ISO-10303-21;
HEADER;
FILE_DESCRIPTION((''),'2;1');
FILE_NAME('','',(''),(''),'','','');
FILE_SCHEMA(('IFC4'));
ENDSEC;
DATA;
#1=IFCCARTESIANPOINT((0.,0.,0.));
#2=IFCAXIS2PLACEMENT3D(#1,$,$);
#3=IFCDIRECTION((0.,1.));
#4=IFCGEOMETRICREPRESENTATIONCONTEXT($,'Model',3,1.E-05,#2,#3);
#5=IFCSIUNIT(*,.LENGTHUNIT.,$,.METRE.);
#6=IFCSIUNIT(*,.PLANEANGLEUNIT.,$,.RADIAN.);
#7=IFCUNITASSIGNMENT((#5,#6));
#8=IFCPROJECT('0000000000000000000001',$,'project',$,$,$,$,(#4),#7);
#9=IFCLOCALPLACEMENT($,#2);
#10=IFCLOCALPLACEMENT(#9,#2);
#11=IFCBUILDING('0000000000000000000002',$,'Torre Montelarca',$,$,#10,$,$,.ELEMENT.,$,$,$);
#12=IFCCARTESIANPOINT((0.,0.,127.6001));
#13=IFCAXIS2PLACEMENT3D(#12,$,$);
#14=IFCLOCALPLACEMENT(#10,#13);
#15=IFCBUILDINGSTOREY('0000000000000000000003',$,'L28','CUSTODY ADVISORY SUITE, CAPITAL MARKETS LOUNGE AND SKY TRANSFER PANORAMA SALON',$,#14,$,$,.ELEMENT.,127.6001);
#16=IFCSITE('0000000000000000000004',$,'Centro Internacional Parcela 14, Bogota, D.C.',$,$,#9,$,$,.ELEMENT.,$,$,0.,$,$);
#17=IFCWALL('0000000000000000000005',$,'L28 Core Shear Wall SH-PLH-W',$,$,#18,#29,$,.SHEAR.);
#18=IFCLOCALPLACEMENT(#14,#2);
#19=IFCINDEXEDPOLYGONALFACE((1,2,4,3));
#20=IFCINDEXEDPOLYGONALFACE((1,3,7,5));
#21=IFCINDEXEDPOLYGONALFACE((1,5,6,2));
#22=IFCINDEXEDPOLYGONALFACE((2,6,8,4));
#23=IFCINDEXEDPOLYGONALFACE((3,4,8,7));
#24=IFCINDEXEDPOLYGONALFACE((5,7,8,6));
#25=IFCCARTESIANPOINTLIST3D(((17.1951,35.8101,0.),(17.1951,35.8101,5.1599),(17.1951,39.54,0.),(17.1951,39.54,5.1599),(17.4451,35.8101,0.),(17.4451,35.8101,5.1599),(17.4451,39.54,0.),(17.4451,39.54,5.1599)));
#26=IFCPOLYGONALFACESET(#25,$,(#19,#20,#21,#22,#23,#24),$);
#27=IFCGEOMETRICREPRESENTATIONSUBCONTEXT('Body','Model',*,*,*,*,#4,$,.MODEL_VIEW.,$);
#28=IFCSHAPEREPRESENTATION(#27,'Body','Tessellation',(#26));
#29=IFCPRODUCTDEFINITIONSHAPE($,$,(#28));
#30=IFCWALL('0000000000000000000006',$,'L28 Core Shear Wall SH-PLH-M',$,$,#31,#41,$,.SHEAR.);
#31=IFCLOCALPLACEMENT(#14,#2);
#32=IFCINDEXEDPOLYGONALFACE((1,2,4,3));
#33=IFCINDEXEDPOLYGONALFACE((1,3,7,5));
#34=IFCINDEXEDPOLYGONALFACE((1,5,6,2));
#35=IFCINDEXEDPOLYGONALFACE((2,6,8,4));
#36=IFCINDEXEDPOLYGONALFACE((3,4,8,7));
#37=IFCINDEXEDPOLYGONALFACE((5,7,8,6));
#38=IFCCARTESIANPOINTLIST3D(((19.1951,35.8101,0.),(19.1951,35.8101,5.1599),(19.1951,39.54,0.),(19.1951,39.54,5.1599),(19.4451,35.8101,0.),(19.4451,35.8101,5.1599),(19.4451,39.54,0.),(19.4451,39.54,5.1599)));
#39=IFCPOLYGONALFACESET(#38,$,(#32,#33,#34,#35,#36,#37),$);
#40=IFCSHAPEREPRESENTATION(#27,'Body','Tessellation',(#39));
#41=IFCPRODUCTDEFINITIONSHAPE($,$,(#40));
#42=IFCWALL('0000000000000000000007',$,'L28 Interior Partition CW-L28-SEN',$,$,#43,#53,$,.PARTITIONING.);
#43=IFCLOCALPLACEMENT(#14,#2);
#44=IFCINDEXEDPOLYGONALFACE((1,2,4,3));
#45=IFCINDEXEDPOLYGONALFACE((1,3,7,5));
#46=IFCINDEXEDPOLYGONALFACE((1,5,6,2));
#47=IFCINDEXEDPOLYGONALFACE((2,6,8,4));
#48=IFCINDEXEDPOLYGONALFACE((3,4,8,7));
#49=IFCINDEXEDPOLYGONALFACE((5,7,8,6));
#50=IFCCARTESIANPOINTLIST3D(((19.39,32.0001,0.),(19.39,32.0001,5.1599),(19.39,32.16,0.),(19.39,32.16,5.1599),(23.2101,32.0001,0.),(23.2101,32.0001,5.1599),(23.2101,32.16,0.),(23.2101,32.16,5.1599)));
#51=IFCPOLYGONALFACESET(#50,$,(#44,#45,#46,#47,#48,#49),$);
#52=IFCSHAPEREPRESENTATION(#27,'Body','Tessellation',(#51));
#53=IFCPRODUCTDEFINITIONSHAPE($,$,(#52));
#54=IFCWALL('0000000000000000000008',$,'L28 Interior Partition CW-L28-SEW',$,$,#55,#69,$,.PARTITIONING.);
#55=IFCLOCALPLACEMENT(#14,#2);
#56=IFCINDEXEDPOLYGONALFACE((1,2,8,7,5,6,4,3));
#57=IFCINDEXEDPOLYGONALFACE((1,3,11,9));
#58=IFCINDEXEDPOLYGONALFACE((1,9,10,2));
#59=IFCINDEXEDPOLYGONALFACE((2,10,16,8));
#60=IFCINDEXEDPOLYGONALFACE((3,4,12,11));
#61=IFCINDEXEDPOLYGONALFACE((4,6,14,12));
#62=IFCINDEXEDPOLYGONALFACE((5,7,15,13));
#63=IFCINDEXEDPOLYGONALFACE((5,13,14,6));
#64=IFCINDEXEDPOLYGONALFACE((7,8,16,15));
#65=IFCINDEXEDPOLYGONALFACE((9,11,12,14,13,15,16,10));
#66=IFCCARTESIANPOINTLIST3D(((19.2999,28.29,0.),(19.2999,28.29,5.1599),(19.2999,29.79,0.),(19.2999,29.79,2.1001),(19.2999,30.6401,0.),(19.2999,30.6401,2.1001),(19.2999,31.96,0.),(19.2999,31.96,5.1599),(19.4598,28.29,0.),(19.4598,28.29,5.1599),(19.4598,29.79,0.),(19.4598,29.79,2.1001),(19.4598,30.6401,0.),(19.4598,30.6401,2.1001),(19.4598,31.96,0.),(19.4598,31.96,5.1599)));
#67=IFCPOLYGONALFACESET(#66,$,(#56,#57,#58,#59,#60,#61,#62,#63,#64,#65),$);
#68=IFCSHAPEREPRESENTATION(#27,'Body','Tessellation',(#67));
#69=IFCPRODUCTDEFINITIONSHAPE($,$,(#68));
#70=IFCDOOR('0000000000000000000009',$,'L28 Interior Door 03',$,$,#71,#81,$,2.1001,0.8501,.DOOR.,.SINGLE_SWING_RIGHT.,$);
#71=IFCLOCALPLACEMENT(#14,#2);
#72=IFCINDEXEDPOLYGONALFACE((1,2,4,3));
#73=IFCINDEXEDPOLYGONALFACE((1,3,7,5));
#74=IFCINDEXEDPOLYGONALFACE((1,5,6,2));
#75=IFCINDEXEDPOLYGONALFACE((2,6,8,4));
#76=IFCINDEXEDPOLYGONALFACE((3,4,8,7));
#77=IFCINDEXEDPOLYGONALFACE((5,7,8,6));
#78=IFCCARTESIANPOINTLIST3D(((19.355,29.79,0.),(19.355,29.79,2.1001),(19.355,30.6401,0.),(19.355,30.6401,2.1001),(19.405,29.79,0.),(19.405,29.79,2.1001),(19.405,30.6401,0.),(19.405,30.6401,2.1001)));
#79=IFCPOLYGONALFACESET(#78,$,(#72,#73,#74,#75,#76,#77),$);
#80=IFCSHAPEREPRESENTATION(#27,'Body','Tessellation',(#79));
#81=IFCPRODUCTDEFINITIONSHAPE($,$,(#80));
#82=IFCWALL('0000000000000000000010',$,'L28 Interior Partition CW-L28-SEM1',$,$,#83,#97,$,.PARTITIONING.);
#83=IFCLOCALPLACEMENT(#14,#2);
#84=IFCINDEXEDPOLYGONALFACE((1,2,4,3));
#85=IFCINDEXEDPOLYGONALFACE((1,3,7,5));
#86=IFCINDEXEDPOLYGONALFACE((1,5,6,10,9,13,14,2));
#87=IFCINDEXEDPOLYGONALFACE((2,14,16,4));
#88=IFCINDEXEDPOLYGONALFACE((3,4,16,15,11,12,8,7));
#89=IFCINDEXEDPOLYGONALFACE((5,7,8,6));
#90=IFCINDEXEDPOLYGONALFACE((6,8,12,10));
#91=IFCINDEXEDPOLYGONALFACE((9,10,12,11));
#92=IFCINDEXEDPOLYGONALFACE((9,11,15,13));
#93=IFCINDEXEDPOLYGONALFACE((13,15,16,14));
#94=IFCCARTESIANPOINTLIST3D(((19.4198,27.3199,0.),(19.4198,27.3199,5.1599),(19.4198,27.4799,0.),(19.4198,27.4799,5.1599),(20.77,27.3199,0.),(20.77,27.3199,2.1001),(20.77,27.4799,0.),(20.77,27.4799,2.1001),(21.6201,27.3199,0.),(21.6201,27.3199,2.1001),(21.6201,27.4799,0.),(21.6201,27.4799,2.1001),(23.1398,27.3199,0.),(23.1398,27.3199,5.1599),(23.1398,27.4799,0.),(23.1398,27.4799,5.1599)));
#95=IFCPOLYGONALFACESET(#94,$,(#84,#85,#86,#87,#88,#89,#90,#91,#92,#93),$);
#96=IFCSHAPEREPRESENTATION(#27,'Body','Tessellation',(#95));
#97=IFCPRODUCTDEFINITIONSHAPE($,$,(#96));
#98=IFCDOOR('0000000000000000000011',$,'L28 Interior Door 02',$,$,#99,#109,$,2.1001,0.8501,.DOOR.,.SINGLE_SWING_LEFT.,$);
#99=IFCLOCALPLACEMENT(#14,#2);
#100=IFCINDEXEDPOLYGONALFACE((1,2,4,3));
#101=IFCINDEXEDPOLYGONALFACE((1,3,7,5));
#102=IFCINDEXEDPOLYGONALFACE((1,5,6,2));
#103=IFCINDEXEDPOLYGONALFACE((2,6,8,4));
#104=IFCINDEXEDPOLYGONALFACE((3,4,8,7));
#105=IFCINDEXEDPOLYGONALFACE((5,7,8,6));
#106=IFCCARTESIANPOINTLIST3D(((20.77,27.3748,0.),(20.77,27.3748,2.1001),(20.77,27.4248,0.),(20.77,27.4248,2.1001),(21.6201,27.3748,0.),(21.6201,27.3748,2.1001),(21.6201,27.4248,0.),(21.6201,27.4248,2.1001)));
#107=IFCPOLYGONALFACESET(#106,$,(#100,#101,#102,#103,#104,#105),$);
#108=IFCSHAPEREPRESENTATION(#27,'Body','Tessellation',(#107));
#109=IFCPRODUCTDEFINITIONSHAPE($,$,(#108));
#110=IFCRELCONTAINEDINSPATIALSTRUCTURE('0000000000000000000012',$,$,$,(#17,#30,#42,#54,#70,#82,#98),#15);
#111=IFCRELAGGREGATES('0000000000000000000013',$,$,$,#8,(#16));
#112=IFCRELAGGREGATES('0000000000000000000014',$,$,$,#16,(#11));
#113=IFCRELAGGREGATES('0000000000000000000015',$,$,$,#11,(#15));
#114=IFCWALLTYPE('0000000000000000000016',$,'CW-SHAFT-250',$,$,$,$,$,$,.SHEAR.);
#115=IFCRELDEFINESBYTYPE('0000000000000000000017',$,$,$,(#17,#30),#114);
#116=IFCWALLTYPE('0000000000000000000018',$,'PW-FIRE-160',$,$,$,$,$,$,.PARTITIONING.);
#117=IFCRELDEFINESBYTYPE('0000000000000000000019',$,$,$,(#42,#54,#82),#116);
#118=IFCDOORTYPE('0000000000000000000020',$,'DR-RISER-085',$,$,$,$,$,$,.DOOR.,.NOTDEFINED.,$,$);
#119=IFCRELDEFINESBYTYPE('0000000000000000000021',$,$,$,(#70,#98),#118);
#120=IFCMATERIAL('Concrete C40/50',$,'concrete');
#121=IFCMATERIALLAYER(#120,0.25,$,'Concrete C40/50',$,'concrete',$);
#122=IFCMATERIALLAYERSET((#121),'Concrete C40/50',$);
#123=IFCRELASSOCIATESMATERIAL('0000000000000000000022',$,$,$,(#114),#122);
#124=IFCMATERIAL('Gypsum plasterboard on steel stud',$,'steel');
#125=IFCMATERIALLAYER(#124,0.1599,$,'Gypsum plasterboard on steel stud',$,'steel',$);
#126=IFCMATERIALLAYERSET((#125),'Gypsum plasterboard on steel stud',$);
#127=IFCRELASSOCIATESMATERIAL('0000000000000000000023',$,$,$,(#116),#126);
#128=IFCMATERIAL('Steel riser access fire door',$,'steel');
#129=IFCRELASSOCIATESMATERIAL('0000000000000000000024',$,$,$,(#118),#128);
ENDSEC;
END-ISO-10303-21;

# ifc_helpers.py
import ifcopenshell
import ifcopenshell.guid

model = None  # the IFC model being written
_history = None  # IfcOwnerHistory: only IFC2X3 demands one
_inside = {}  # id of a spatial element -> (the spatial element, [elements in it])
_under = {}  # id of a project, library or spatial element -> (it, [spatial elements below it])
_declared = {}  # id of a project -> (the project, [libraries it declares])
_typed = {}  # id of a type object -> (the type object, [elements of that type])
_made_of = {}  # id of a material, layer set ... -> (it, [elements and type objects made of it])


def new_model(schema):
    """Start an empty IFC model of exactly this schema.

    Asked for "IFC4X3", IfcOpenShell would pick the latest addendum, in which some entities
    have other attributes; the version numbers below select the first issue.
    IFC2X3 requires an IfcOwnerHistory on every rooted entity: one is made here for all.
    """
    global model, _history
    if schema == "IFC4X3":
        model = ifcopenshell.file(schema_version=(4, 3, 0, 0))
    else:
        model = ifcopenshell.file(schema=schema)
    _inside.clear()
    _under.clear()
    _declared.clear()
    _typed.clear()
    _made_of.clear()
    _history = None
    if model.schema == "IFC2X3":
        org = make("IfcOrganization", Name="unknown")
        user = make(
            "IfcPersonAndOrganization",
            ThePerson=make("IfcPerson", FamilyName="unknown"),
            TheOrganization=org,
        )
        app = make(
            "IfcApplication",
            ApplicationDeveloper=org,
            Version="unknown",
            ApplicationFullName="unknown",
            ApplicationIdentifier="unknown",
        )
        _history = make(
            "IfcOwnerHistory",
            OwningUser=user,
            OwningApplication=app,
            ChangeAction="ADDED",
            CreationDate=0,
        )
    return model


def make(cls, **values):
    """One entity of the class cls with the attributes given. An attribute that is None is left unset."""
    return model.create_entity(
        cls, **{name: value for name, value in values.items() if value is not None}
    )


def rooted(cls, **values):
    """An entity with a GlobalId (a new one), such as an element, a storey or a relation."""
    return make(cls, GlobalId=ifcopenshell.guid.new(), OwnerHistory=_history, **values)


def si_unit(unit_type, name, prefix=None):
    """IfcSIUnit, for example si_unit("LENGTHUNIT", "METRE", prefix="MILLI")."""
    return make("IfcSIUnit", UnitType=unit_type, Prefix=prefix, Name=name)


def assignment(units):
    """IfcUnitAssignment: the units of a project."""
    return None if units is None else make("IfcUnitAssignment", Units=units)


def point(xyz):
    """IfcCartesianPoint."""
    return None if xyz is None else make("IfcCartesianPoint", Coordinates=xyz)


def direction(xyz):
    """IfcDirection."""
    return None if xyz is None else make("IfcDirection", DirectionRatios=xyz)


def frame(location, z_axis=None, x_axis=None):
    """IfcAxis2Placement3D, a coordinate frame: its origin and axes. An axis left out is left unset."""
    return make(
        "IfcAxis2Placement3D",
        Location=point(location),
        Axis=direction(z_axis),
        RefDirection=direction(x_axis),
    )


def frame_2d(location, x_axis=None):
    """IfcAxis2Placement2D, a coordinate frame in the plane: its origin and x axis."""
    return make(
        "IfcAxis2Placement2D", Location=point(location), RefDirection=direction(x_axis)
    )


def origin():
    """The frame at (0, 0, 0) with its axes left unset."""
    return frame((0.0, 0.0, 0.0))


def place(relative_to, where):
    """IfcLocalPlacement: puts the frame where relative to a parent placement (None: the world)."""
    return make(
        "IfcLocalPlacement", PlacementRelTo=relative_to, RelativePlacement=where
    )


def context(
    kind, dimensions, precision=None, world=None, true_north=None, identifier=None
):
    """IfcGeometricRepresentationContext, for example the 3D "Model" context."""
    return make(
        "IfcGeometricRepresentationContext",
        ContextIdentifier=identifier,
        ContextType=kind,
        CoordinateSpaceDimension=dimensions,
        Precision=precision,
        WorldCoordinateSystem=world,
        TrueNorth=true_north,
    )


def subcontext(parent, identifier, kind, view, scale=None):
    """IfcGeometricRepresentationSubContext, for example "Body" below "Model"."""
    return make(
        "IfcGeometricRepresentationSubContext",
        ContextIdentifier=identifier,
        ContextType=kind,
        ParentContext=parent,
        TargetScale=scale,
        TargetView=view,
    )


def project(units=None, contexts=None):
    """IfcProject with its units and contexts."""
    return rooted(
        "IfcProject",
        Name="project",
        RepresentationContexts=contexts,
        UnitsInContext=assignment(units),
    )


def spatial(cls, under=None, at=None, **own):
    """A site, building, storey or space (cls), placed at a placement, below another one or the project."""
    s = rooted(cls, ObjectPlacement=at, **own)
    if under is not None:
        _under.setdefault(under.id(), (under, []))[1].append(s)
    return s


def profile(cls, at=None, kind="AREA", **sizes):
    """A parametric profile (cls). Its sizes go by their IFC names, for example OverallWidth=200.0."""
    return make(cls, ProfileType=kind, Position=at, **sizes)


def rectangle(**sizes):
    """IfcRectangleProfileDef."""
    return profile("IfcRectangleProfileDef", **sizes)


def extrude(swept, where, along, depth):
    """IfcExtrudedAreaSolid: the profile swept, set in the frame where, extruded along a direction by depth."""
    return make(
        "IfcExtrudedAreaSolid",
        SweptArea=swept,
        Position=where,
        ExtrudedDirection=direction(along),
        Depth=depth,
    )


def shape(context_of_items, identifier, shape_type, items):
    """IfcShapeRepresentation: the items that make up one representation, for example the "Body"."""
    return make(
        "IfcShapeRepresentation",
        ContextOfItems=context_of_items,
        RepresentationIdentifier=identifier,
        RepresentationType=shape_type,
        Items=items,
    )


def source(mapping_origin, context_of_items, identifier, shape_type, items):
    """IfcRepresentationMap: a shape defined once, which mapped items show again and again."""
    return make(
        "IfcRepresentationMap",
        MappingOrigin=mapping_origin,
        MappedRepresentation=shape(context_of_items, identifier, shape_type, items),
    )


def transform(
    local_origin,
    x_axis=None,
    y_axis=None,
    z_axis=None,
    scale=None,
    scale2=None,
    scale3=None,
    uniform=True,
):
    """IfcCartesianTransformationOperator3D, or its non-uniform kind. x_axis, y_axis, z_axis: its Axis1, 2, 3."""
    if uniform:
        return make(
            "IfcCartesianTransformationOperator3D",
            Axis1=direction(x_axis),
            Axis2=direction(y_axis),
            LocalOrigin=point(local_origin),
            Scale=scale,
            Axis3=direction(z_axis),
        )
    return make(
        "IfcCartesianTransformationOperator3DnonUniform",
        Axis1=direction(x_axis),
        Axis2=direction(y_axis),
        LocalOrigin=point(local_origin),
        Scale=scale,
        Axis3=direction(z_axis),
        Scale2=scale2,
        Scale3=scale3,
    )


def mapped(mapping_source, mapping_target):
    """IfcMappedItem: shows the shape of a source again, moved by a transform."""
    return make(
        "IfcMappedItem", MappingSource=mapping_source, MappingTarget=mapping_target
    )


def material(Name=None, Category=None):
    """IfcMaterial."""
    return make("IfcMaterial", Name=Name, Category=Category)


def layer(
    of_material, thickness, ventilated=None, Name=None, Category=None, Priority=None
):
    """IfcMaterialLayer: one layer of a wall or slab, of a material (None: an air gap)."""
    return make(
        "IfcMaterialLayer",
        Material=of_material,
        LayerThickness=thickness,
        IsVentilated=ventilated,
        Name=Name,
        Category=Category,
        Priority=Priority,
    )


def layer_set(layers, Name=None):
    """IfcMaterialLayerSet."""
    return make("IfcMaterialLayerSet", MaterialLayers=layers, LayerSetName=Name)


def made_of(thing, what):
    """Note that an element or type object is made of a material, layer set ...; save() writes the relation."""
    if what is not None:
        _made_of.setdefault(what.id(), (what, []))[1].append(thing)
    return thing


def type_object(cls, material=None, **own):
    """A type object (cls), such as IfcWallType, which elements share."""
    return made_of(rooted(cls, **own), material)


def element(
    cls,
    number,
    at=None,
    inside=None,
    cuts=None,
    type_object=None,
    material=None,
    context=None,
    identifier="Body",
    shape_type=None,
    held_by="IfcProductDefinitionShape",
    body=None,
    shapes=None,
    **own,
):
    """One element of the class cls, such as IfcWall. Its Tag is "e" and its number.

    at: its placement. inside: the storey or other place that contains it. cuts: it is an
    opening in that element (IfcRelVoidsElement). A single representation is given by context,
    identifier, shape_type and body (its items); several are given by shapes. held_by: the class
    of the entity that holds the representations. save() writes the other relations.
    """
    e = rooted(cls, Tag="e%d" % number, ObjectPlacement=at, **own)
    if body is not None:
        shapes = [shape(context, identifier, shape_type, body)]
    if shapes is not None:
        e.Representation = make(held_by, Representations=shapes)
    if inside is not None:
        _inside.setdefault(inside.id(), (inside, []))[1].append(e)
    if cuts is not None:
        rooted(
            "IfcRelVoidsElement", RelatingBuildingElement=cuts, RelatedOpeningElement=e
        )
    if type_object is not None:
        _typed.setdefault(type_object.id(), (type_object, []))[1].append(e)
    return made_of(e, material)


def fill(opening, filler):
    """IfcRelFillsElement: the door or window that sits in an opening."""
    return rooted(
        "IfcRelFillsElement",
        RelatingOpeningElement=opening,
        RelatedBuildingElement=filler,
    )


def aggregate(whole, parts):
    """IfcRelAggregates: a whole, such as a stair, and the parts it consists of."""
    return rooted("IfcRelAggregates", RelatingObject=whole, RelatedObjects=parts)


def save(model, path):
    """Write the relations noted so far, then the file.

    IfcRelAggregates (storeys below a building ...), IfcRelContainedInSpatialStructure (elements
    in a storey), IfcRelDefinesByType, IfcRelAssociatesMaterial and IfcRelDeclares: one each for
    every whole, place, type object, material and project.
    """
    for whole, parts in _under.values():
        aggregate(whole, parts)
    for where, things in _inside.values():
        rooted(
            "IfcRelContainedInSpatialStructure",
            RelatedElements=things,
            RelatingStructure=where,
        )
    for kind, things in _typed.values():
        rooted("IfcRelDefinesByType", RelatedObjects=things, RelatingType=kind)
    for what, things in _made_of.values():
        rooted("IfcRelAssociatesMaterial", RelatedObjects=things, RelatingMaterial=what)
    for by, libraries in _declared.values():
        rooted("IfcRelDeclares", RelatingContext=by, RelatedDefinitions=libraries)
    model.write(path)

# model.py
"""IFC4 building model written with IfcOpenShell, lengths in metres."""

from ifc_helpers import new_model, si_unit, direction, frame, frame_2d, origin, place, context, subcontext, project, spatial, rectangle, extrude, source, transform, mapped, material, layer, layer_set, type_object, element, fill, save


model = new_model("IFC4")

# Units and contexts
model_context = context("Model", 3, precision=1e-05, world=origin(), true_north=direction((0.0, 1.0)))
body_context = subcontext(model_context, "Body", "Model", "MODEL_VIEW")
ifc_project = project(units=[si_unit("LENGTHUNIT", "METRE"), si_unit("PLANEANGLEUNIT", "RADIAN")], contexts=[model_context])

# Site, building, storey
site_placement = place(None, origin())
site = spatial("IfcSite", under=ifc_project, at=site_placement, Name="Centro Internacional Parcela 14, Bogota, D.C.", CompositionType="ELEMENT", RefElevation=0.0)
building_placement = place(site_placement, origin())
building = spatial("IfcBuilding", under=site, at=building_placement, Name="Torre Montelarca", CompositionType="ELEMENT")
storey_placement = place(building_placement, frame((0.0, 0.0, 127.6001)))
storey = spatial("IfcBuildingStorey", under=building, at=storey_placement, Name="L28", Description="CUSTODY ADVISORY SUITE, CAPITAL MARKETS LOUNGE AND SKY TRANSFER PANORAMA SALON", CompositionType="ELEMENT", Elevation=127.6001)

# Shared definitions
ifc_material_1 = material(Name="Concrete C40/50", Category="concrete")
ifc_layer_1 = layer(ifc_material_1, 0.25, Name="Concrete C40/50", Category="concrete")
ifc_layer_set_1 = layer_set([ifc_layer_1], Name="Concrete C40/50")
wall_type_1 = type_object("IfcWallType", Name="CW-SHAFT-250", PredefinedType="SHEAR", material=ifc_layer_set_1)

# Walls
for number, where, z_axis, x_axis, name in (
    (1, (17.3201, 35.8101, 0.0), (0.0, 0.0, 1.0), (0.0, 1.0, 0.0), "L28 Core Shear Wall SH-PLH-W"),
    (2, (19.3201, 35.8101, 0.0), (0.0, 0.0, 1.0), (0.0, 1.0, 0.0), "L28 Core Shear Wall SH-PLH-M"),
):
    element("IfcWall", number, at=place(storey_placement, frame(where, z_axis=z_axis, x_axis=x_axis)), inside=storey, type_object=wall_type_1, Name=name, PredefinedType="SHEAR", context=body_context, shape_type="SweptSolid", body=[
        extrude(rectangle(XDim=3.73, YDim=0.25, at=frame_2d((1.865, 0.0))), origin(), (0.0, 0.0, 1.0), 5.1599),
    ])
ifc_material_2 = material(Name="Gypsum plasterboard on steel stud", Category="steel")
ifc_layer_2 = layer(ifc_material_2, 0.1599, Name="Gypsum plasterboard on steel stud", Category="steel")
ifc_layer_set_2 = layer_set([ifc_layer_2], Name="Gypsum plasterboard on steel stud")
wall_type_2 = type_object("IfcWallType", Name="PW-FIRE-160", PredefinedType="PARTITIONING", material=ifc_layer_set_2)
wall_1_placement = place(storey_placement, frame((19.3899, 32.0801, 0.0), z_axis=(0.0, 0.0, 1.0), x_axis=(1.0, 0.0, 0.0)))
element("IfcWall", 3, at=wall_1_placement, inside=storey, type_object=wall_type_2, Name="L28 Interior Partition CW-L28-SEN", PredefinedType="PARTITIONING", context=body_context, shape_type="SweptSolid", body=[
    extrude(rectangle(XDim=3.8201, YDim=0.1599, at=frame_2d((1.9102, 0.0))), origin(), (0.0, 0.0, 1.0), 5.1599),
])

# Walls, openings, doors
wall_2_placement = place(storey_placement, frame((19.3799, 28.29, 0.0), z_axis=(0.0, 0.0, 1.0), x_axis=(0.0, 1.0, 0.0)))
wall_2 = element("IfcWall", 4, at=wall_2_placement, inside=storey, type_object=wall_type_2, Name="L28 Interior Partition CW-L28-SEW", PredefinedType="PARTITIONING", context=body_context, shape_type="SweptSolid", body=[
    extrude(rectangle(XDim=3.6699, YDim=0.1599, at=frame_2d((1.835, 0.0))), origin(), (0.0, 0.0, 1.0), 5.1599),
])
opening_1_placement = place(wall_2_placement, frame((1.5, 0.0, 0.0)))
opening_1 = element("IfcOpeningElement", 5, at=opening_1_placement, cuts=wall_2, PredefinedType="OPENING", context=body_context, shape_type="SweptSolid", body=[
    extrude(rectangle(XDim=0.8501, YDim=2.1001, at=frame_2d((0.425, 1.05))), frame((0.0, 0.0898, 0.0), z_axis=(0.0, -1.0, 0.0), x_axis=(1.0, 0.0, 0.0)), (0.0, 0.0, 1.0), 0.1799),
])
ifc_material_3 = material(Name="Steel riser access fire door", Category="steel")
door_type_1 = type_object("IfcDoorType", Name="DR-RISER-085", OperationType="NOTDEFINED", PredefinedType="DOOR", material=ifc_material_3)
shared_shape_1 = source(origin(), body_context, "Body", "SweptSolid", [
    extrude(rectangle(XDim=0.8501, YDim=2.1001, at=frame_2d((0.425, 1.05))), frame((0.0, 0.0249, 0.0), z_axis=(0.0, -1.0, 0.0), x_axis=(1.0, 0.0, 0.0)), (0.0, 0.0, 1.0), 0.05),
])
door_1_placement = place(opening_1_placement, origin())
door_1 = element("IfcDoor", 6, at=door_1_placement, inside=storey, type_object=door_type_1, Name="L28 Interior Door 03", OperationType="SINGLE_SWING_RIGHT", OverallHeight=2.1001, OverallWidth=0.8501, PredefinedType="DOOR", context=body_context, shape_type="MappedRepresentation", body=[
    mapped(shared_shape_1, transform((0.0, 0.0, 0.0), scale=1.0)),
])
fill(opening_1, door_1)
wall_3_placement = place(storey_placement, frame((19.4199, 27.3999, 0.0), z_axis=(0.0, 0.0, 1.0), x_axis=(1.0, 0.0, 0.0)))
wall_3 = element("IfcWall", 7, at=wall_3_placement, inside=storey, type_object=wall_type_2, Name="L28 Interior Partition CW-L28-SEM1", PredefinedType="PARTITIONING", context=body_context, shape_type="SweptSolid", body=[
    extrude(rectangle(XDim=3.72, YDim=0.1599, at=frame_2d((1.8599, 0.0))), origin(), (0.0, 0.0, 1.0), 5.1599),
])
opening_2_placement = place(wall_3_placement, frame((1.3501, 0.0, 0.0)))
opening_2 = element("IfcOpeningElement", 8, at=opening_2_placement, cuts=wall_3, PredefinedType="OPENING", context=body_context, shape_type="SweptSolid", body=[
    extrude(rectangle(XDim=0.8501, YDim=2.1001, at=frame_2d((0.425, 1.05))), frame((0.0, 0.0898, 0.0), z_axis=(0.0, -1.0, 0.0), x_axis=(1.0, 0.0, 0.0)), (0.0, 0.0, 1.0), 0.1799),
])
door_2_placement = place(opening_2_placement, origin())
door_2 = element("IfcDoor", 9, at=door_2_placement, inside=storey, type_object=door_type_1, Name="L28 Interior Door 02", OperationType="SINGLE_SWING_LEFT", OverallHeight=2.1001, OverallWidth=0.8501, PredefinedType="DOOR", context=body_context, shape_type="MappedRepresentation", body=[
    mapped(shared_shape_1, transform((0.0, 0.0, 0.0), scale=1.0)),
])
fill(opening_2, door_2)

save(model, "model.ifc")
